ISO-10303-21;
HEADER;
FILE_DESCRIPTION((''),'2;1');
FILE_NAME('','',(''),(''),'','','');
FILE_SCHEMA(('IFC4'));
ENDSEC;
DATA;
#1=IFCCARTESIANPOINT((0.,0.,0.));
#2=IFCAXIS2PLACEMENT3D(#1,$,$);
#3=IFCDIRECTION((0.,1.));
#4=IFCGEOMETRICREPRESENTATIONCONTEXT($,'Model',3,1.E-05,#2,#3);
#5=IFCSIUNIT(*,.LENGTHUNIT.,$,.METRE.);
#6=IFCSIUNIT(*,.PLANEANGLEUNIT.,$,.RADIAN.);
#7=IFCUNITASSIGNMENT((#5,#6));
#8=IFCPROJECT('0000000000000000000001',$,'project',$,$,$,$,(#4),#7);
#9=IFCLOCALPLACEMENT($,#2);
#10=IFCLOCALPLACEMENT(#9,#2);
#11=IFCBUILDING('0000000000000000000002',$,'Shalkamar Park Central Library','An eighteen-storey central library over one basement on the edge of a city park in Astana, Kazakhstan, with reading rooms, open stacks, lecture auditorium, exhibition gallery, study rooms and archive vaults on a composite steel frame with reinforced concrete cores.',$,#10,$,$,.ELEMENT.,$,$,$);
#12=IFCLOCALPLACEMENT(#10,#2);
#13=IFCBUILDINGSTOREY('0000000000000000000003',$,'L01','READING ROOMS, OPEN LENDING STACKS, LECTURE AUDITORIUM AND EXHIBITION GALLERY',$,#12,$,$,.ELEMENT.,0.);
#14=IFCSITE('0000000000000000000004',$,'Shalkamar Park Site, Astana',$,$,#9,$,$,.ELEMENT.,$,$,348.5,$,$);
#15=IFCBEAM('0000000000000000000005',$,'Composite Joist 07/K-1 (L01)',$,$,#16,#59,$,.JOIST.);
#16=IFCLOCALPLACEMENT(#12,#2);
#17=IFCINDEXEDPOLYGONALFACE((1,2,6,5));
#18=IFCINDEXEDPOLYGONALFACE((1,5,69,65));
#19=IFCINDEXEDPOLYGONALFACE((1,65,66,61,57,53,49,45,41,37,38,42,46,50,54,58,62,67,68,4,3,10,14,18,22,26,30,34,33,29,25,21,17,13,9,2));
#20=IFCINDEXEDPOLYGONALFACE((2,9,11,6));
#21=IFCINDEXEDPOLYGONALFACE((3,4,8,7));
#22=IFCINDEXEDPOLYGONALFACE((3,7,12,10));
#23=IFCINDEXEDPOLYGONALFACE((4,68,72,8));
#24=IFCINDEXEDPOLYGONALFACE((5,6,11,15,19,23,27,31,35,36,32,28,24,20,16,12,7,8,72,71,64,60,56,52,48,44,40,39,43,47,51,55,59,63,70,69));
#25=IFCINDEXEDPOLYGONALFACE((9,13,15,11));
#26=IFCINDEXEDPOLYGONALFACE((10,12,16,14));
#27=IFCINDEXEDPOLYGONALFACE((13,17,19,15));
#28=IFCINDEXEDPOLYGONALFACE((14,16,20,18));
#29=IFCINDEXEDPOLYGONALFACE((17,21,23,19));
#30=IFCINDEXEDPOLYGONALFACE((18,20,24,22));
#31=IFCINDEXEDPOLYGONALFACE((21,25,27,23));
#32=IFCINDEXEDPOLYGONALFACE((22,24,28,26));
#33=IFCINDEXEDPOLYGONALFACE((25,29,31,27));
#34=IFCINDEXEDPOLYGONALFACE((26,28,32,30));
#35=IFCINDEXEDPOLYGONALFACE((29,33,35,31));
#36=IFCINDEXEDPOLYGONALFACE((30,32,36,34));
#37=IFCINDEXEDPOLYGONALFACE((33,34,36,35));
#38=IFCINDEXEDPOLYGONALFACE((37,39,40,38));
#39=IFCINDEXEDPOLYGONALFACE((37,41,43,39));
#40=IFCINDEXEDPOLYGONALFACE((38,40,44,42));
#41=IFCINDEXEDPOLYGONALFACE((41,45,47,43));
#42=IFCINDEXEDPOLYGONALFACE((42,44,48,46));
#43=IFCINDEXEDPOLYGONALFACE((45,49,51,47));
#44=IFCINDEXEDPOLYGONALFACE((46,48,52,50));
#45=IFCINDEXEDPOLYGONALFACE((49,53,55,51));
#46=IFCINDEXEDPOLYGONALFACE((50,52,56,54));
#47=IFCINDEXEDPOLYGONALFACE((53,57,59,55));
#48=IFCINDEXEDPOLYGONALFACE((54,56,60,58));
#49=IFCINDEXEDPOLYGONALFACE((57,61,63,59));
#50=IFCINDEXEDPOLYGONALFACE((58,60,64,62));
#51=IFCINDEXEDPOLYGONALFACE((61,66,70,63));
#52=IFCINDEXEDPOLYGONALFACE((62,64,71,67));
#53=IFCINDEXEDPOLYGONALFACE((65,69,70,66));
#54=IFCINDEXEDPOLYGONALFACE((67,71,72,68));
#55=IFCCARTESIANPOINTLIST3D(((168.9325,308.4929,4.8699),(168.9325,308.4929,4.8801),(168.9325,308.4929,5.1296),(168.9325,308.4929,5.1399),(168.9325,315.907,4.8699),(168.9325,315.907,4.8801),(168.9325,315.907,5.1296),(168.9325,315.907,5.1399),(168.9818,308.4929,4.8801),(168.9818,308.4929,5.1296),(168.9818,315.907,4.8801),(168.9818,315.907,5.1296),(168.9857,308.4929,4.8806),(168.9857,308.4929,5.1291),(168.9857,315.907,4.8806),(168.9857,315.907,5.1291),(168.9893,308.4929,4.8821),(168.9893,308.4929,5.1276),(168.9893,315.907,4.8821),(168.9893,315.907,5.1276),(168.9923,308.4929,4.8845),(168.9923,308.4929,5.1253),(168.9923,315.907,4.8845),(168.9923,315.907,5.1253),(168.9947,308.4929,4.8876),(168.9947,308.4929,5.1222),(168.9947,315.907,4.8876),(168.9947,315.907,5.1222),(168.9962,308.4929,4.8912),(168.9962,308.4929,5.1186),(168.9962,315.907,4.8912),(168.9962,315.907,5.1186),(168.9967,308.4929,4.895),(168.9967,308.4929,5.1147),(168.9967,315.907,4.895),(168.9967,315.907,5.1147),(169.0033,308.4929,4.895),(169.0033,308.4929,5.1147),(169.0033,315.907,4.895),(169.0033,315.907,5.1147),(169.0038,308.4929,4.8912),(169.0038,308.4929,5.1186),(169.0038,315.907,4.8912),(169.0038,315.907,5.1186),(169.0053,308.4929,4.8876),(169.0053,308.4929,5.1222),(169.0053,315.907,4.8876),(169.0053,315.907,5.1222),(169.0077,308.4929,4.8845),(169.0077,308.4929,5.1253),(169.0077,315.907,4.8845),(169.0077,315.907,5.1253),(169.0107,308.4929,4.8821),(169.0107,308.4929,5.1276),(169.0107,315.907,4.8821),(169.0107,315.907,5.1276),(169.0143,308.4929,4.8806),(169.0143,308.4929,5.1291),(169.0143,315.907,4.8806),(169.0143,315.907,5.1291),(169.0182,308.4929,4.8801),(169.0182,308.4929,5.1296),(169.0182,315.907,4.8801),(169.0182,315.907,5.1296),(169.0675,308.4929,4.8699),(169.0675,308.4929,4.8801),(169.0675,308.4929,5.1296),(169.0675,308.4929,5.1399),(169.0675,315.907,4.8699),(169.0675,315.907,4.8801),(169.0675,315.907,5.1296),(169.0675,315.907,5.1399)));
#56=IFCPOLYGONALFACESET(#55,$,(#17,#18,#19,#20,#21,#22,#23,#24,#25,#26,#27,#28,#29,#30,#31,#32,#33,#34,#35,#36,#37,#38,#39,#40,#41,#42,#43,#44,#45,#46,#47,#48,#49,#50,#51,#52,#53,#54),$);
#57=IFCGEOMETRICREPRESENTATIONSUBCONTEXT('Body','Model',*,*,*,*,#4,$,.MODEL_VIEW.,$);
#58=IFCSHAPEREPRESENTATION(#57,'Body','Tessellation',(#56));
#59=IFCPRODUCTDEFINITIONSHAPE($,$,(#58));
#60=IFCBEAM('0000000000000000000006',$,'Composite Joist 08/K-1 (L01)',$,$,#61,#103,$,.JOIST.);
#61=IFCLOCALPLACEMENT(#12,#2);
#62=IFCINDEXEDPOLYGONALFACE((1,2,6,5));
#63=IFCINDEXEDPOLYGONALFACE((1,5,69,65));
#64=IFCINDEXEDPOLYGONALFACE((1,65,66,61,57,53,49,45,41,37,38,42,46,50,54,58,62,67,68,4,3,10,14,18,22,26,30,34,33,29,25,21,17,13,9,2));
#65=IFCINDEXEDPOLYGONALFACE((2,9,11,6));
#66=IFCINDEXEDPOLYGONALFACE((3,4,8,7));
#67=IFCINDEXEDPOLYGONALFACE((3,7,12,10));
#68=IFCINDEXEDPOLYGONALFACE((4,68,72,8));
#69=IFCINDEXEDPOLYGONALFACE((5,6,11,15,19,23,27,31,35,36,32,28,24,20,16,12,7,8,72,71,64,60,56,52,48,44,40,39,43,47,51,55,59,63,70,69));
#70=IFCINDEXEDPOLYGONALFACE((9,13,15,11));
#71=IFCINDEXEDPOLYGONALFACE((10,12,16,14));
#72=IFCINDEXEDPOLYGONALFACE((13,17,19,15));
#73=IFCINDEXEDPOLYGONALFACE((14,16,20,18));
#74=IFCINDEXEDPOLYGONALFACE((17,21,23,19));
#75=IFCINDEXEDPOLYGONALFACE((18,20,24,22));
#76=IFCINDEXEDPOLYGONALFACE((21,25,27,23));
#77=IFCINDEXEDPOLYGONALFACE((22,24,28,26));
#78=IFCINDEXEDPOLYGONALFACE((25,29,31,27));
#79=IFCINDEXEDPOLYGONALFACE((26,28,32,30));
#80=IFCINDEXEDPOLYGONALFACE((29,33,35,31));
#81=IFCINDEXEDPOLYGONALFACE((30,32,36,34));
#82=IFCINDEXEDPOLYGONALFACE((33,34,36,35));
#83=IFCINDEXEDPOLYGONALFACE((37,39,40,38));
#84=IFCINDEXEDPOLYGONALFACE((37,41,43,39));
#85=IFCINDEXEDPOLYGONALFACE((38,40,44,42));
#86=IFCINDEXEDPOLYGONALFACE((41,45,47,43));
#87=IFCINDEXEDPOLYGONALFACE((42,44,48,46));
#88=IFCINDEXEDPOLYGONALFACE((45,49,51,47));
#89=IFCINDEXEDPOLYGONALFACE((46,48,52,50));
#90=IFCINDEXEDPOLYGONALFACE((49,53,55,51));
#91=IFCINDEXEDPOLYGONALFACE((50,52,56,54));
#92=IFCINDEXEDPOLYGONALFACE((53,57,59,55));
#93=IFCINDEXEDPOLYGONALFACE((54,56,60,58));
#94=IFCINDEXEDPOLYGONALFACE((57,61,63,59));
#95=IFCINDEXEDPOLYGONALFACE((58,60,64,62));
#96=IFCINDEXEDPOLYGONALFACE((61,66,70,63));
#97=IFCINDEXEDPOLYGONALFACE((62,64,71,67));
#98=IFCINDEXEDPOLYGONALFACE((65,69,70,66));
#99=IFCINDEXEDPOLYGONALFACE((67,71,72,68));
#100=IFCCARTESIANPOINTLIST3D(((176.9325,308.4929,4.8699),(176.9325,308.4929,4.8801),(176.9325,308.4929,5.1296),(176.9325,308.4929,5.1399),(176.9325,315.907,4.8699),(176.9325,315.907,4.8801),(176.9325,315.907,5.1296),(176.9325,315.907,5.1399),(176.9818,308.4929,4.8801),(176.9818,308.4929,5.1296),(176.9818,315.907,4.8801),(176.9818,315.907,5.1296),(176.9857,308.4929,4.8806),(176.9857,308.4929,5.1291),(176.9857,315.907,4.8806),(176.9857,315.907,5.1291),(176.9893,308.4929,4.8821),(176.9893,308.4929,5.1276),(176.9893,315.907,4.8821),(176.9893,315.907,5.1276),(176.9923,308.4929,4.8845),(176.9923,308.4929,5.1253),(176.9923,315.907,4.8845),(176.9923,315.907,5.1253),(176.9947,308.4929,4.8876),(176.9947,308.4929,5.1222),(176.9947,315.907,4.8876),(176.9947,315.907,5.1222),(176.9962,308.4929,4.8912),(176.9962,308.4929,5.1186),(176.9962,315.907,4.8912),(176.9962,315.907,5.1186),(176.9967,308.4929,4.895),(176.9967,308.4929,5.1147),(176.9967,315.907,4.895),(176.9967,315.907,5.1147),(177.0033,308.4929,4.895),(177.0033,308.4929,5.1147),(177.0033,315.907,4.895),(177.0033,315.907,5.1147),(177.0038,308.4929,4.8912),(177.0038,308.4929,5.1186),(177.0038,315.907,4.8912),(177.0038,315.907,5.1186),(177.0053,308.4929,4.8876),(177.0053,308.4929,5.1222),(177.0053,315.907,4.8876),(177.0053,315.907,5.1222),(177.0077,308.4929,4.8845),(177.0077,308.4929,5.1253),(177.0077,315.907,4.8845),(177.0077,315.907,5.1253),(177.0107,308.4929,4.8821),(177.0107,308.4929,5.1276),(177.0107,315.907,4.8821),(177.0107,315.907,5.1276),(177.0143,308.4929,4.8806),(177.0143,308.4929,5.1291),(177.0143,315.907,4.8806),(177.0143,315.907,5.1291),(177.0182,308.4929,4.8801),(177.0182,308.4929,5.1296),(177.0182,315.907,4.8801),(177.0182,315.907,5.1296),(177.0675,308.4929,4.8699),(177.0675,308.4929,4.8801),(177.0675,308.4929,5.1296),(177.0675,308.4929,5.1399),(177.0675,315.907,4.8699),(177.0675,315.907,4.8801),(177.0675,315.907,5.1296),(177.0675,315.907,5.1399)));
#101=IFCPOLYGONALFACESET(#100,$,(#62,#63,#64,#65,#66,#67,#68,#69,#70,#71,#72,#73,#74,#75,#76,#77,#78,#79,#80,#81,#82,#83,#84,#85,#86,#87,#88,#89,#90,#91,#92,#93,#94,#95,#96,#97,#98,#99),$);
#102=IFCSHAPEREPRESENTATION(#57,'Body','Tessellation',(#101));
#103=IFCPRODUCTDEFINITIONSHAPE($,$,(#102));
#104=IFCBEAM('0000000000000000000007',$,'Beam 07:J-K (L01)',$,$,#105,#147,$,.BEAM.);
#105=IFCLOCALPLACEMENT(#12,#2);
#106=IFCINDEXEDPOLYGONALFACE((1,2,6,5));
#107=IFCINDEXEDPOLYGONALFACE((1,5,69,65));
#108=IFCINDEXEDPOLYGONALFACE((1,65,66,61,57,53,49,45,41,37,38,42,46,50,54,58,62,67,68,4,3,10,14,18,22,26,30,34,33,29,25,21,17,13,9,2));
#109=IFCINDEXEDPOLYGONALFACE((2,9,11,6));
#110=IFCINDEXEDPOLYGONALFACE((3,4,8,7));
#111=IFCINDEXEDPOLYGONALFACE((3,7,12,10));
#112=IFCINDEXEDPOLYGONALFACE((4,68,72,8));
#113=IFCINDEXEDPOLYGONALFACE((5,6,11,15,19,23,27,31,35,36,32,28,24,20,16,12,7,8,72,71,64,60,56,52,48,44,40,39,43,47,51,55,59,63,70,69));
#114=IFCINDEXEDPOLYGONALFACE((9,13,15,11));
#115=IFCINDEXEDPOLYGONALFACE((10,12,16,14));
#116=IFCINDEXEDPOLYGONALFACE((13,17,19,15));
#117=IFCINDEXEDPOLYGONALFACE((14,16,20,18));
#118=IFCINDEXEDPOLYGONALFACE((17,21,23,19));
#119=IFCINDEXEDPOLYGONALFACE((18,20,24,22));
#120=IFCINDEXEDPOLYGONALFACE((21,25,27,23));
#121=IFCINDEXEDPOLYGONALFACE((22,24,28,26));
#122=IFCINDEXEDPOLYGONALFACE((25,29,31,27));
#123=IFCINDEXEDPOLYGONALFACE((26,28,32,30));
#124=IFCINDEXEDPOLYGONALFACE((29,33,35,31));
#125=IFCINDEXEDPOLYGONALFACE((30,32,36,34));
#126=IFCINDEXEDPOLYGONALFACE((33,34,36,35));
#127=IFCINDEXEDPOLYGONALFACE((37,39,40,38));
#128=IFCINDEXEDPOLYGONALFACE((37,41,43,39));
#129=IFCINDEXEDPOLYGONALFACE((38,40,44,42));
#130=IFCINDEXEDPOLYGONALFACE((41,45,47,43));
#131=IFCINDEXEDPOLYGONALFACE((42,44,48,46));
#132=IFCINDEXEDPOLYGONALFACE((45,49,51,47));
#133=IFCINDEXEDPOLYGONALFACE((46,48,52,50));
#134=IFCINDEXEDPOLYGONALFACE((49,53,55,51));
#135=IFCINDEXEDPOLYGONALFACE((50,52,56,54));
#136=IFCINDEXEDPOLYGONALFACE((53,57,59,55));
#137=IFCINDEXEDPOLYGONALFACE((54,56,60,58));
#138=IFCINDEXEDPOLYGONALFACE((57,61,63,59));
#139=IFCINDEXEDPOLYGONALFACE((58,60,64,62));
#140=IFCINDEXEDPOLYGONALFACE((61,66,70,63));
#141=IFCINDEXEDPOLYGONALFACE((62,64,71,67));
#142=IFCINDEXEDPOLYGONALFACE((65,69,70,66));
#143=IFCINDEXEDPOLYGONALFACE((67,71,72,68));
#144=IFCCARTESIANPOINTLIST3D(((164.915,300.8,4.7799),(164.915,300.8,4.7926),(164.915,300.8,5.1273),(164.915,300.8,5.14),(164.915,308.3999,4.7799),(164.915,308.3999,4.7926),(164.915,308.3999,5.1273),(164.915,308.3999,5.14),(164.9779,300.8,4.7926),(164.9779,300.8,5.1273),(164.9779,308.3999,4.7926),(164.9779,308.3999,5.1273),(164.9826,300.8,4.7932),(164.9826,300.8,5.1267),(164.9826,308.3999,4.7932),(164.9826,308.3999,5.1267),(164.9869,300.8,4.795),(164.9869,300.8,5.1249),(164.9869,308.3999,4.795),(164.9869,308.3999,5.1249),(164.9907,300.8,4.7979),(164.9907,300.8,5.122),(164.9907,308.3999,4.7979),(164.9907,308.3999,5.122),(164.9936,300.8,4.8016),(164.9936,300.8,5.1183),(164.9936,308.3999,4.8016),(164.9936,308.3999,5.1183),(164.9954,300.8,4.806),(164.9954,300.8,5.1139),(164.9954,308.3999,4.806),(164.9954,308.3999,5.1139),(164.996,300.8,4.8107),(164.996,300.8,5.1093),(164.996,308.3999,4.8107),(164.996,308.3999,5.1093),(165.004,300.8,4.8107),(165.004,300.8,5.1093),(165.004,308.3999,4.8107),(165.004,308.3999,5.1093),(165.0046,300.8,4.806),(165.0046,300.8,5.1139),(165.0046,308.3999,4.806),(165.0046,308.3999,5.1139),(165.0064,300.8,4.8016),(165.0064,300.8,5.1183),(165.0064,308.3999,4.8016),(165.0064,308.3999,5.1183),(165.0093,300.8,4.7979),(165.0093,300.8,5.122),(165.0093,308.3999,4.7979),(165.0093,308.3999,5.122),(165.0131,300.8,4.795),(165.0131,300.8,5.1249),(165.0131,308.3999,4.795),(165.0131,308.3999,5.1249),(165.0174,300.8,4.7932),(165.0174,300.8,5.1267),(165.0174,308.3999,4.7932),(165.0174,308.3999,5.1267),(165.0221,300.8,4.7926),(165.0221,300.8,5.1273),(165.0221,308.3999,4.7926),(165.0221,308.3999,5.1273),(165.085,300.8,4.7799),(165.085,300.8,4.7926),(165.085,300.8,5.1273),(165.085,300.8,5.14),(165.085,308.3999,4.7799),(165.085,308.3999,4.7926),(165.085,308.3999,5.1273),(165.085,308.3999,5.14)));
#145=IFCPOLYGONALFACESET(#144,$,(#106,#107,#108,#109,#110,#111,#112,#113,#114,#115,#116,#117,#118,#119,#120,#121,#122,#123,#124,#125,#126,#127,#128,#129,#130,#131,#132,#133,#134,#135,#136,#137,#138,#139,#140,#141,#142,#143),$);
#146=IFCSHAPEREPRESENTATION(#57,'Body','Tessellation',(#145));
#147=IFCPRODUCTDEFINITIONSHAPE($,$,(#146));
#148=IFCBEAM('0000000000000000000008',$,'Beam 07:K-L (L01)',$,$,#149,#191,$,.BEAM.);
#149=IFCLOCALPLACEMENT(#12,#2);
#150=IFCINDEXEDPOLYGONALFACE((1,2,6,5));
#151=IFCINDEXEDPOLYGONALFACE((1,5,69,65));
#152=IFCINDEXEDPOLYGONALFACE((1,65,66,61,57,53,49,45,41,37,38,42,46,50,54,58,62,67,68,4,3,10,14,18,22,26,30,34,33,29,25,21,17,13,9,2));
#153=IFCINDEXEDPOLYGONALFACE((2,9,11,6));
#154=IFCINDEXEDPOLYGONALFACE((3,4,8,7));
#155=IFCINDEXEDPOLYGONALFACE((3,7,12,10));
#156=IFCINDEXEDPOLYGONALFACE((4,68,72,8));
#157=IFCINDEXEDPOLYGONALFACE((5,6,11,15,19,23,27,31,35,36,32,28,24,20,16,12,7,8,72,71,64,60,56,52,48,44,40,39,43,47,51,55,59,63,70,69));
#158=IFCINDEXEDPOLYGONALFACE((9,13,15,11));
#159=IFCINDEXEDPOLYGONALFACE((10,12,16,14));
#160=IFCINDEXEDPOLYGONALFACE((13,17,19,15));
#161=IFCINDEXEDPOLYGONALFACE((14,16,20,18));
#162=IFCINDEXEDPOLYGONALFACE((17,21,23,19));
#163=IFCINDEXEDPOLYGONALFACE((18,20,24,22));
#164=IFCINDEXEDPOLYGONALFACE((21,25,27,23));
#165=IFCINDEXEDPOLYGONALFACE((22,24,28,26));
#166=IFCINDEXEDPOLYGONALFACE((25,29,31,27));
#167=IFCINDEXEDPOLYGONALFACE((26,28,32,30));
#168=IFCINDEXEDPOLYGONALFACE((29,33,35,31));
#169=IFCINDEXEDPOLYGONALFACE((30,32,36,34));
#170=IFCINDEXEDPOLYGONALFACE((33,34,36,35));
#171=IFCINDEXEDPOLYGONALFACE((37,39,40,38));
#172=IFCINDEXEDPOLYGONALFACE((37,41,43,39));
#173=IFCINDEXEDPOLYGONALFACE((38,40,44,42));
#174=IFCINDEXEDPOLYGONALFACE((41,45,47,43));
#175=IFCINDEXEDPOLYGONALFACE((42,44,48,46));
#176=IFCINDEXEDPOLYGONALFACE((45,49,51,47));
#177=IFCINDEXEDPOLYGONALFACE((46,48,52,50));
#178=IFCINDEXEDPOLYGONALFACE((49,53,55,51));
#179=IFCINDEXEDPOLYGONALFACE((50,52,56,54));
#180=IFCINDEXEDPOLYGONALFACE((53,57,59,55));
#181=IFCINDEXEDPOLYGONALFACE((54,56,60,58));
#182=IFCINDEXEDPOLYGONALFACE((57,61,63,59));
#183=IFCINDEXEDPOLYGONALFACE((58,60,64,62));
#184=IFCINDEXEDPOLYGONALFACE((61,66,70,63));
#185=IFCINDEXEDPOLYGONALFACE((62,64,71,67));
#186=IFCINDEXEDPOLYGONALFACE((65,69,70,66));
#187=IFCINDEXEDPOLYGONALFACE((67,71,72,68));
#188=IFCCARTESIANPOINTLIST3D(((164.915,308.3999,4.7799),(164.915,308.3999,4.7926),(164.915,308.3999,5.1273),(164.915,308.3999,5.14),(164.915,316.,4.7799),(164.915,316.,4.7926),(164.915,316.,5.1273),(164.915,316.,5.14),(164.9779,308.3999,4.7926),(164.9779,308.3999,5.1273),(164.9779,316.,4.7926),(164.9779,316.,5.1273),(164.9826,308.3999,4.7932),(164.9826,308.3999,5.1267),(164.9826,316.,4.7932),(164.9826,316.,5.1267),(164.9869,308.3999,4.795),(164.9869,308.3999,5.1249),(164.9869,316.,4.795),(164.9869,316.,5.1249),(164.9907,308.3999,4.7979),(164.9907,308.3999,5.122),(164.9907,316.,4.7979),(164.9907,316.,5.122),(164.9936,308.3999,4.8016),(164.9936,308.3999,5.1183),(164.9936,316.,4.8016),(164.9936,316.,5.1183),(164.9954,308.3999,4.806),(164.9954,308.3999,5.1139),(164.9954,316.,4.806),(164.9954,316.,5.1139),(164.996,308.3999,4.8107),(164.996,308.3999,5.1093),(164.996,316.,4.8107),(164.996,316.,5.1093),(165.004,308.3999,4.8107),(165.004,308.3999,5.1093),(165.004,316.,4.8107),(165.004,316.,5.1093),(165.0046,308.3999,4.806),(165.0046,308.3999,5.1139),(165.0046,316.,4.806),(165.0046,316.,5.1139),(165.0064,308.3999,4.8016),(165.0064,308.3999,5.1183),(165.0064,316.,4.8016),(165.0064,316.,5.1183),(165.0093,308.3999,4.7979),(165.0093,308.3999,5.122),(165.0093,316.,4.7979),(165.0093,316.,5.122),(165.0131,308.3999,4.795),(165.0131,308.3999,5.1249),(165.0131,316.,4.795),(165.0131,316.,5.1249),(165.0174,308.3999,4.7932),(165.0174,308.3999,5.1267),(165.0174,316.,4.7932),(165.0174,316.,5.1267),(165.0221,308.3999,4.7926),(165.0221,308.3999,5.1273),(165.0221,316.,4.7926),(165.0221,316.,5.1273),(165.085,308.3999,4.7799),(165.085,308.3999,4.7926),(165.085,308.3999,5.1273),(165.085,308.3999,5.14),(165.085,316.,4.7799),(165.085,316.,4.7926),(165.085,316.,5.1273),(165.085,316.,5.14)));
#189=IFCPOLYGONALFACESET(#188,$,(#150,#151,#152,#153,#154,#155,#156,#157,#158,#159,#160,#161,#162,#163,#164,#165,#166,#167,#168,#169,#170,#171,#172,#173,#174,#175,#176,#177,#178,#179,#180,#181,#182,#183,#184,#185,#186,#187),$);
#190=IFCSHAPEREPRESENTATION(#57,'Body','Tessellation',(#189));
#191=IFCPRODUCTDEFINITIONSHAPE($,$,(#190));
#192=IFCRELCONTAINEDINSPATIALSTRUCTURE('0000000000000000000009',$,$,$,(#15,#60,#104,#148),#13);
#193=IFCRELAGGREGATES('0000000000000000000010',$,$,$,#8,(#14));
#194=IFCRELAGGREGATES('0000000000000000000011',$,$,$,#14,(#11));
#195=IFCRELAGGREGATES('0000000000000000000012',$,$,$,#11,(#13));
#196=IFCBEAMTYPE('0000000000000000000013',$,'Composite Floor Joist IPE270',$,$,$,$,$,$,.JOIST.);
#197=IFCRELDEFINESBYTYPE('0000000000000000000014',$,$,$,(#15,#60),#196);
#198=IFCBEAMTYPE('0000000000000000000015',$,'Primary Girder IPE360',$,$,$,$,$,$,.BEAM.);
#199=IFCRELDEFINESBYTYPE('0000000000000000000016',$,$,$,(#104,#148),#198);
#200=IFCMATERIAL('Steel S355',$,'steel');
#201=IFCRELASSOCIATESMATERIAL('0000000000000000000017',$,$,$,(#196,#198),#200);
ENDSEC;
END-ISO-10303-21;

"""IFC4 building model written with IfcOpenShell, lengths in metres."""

from ifc_helpers import new_model, si_unit, direction, frame, origin, origin_2d, place, context, subcontext, project, spatial, i_section, extrude, material, material_profile, profile_set, type_object, element, save


model = new_model("IFC4")

# Units and contexts
model_context = context("Model", 3, precision=1e-05, world=origin(), true_north=direction((0.0, 1.0)))
body_context = subcontext(model_context, "Body", "Model", "MODEL_VIEW")
ifc_project = project(units=[si_unit("LENGTHUNIT", "METRE"), si_unit("PLANEANGLEUNIT", "RADIAN")], contexts=[model_context])

# Site, building, storey
site_placement = place(None, origin())
site = spatial("IfcSite", under=ifc_project, at=site_placement, Name="Shalkamar Park Site, Astana", CompositionType="ELEMENT", RefElevation=348.5)
building_placement = place(site_placement, origin())
building = spatial("IfcBuilding", under=site, at=building_placement, Name="Shalkamar Park Central Library", Description="An eighteen-storey central library over one basement on the edge of a city park in Astana, Kazakhstan, with reading rooms, open stacks, lecture auditorium, exhibition gallery, study rooms and archive vaults on a composite steel frame with reinforced concrete cores.", CompositionType="ELEMENT")
storey_placement = place(building_placement, origin())
storey = spatial("IfcBuildingStorey", under=building, at=storey_placement, Name="L01", Description="READING ROOMS, OPEN LENDING STACKS, LECTURE AUDITORIUM AND EXHIBITION GALLERY", CompositionType="ELEMENT", Elevation=0.0)

# Shared definitions
ifc_material_1 = material(Name="Steel S355", Category="steel")

# Beams
ifc_material_profile_1 = material_profile(ifc_material_1, i_section(OverallWidth=0.135, OverallDepth=0.27, WebThickness=0.0066, FlangeThickness=0.0103, FilletRadius=0.0149, at=origin_2d()), Name="IPE 270")
ifc_profile_set_1 = profile_set([ifc_material_profile_1], Name="Steel S355")
beam_type_1 = type_object("IfcBeamType", Name="Composite Floor Joist IPE270", PredefinedType="JOIST", material=ifc_profile_set_1)
for number, where, z_axis, x_axis, name in (
    (1, (169.0, 308.4929, 5.0049), (0.0, 1.0, 0.0), (-1.0, 0.0, 0.0), "Composite Joist 07/K-1 (L01)"),
    (2, (177.0, 308.4929, 5.0049), (0.0, 1.0, 0.0), (-1.0, 0.0, 0.0), "Composite Joist 08/K-1 (L01)"),
):
    element("IfcBeam", number, at=place(storey_placement, frame(where, z_axis=z_axis, x_axis=x_axis)), inside=storey, type_object=beam_type_1, Name=name, PredefinedType="JOIST", context=body_context, shape_type="SweptSolid", body=[
        extrude(i_section(OverallWidth=0.135, OverallDepth=0.27, WebThickness=0.0066, FlangeThickness=0.0103, FilletRadius=0.0149, at=origin_2d()), origin(), (0.0, 0.0, 1.0), 7.4141),
    ])
ifc_material_profile_2 = material_profile(ifc_material_1, i_section(OverallWidth=0.1699, OverallDepth=0.3601, WebThickness=0.0081, FlangeThickness=0.0127, FilletRadius=0.0181, at=origin_2d()), Name="IPE 360")
ifc_profile_set_2 = profile_set([ifc_material_profile_2], Name="Steel S355")
beam_type_2 = type_object("IfcBeamType", Name="Primary Girder IPE360", PredefinedType="BEAM", material=ifc_profile_set_2)
beam_1_placement = place(storey_placement, frame((165.0, 300.8, 4.96), z_axis=(0.0, 1.0, 0.0), x_axis=(-1.0, 0.0, 0.0)))
element("IfcBeam", 3, at=beam_1_placement, inside=storey, type_object=beam_type_2, Name="Beam 07:J-K (L01)", PredefinedType="BEAM", context=body_context, shape_type="SweptSolid", body=[
    extrude(i_section(OverallWidth=0.1699, OverallDepth=0.3601, WebThickness=0.0081, FlangeThickness=0.0127, FilletRadius=0.0181, at=origin_2d()), origin(), (0.0, 0.0, 1.0), 7.5999),
])
beam_2_placement = place(storey_placement, frame((165.0, 308.3999, 4.96), z_axis=(0.0, 1.0, 0.0), x_axis=(-1.0, 0.0, 0.0)))
element("IfcBeam", 4, at=beam_2_placement, inside=storey, type_object=beam_type_2, Name="Beam 07:K-L (L01)", PredefinedType="BEAM", context=body_context, shape_type="SweptSolid", body=[
    extrude(i_section(OverallWidth=0.1699, OverallDepth=0.3601, WebThickness=0.0081, FlangeThickness=0.0127, FilletRadius=0.0181, at=origin_2d()), origin(), (0.0, 0.0, 1.0), 7.6001),
])

save(model, "model.ifc")
